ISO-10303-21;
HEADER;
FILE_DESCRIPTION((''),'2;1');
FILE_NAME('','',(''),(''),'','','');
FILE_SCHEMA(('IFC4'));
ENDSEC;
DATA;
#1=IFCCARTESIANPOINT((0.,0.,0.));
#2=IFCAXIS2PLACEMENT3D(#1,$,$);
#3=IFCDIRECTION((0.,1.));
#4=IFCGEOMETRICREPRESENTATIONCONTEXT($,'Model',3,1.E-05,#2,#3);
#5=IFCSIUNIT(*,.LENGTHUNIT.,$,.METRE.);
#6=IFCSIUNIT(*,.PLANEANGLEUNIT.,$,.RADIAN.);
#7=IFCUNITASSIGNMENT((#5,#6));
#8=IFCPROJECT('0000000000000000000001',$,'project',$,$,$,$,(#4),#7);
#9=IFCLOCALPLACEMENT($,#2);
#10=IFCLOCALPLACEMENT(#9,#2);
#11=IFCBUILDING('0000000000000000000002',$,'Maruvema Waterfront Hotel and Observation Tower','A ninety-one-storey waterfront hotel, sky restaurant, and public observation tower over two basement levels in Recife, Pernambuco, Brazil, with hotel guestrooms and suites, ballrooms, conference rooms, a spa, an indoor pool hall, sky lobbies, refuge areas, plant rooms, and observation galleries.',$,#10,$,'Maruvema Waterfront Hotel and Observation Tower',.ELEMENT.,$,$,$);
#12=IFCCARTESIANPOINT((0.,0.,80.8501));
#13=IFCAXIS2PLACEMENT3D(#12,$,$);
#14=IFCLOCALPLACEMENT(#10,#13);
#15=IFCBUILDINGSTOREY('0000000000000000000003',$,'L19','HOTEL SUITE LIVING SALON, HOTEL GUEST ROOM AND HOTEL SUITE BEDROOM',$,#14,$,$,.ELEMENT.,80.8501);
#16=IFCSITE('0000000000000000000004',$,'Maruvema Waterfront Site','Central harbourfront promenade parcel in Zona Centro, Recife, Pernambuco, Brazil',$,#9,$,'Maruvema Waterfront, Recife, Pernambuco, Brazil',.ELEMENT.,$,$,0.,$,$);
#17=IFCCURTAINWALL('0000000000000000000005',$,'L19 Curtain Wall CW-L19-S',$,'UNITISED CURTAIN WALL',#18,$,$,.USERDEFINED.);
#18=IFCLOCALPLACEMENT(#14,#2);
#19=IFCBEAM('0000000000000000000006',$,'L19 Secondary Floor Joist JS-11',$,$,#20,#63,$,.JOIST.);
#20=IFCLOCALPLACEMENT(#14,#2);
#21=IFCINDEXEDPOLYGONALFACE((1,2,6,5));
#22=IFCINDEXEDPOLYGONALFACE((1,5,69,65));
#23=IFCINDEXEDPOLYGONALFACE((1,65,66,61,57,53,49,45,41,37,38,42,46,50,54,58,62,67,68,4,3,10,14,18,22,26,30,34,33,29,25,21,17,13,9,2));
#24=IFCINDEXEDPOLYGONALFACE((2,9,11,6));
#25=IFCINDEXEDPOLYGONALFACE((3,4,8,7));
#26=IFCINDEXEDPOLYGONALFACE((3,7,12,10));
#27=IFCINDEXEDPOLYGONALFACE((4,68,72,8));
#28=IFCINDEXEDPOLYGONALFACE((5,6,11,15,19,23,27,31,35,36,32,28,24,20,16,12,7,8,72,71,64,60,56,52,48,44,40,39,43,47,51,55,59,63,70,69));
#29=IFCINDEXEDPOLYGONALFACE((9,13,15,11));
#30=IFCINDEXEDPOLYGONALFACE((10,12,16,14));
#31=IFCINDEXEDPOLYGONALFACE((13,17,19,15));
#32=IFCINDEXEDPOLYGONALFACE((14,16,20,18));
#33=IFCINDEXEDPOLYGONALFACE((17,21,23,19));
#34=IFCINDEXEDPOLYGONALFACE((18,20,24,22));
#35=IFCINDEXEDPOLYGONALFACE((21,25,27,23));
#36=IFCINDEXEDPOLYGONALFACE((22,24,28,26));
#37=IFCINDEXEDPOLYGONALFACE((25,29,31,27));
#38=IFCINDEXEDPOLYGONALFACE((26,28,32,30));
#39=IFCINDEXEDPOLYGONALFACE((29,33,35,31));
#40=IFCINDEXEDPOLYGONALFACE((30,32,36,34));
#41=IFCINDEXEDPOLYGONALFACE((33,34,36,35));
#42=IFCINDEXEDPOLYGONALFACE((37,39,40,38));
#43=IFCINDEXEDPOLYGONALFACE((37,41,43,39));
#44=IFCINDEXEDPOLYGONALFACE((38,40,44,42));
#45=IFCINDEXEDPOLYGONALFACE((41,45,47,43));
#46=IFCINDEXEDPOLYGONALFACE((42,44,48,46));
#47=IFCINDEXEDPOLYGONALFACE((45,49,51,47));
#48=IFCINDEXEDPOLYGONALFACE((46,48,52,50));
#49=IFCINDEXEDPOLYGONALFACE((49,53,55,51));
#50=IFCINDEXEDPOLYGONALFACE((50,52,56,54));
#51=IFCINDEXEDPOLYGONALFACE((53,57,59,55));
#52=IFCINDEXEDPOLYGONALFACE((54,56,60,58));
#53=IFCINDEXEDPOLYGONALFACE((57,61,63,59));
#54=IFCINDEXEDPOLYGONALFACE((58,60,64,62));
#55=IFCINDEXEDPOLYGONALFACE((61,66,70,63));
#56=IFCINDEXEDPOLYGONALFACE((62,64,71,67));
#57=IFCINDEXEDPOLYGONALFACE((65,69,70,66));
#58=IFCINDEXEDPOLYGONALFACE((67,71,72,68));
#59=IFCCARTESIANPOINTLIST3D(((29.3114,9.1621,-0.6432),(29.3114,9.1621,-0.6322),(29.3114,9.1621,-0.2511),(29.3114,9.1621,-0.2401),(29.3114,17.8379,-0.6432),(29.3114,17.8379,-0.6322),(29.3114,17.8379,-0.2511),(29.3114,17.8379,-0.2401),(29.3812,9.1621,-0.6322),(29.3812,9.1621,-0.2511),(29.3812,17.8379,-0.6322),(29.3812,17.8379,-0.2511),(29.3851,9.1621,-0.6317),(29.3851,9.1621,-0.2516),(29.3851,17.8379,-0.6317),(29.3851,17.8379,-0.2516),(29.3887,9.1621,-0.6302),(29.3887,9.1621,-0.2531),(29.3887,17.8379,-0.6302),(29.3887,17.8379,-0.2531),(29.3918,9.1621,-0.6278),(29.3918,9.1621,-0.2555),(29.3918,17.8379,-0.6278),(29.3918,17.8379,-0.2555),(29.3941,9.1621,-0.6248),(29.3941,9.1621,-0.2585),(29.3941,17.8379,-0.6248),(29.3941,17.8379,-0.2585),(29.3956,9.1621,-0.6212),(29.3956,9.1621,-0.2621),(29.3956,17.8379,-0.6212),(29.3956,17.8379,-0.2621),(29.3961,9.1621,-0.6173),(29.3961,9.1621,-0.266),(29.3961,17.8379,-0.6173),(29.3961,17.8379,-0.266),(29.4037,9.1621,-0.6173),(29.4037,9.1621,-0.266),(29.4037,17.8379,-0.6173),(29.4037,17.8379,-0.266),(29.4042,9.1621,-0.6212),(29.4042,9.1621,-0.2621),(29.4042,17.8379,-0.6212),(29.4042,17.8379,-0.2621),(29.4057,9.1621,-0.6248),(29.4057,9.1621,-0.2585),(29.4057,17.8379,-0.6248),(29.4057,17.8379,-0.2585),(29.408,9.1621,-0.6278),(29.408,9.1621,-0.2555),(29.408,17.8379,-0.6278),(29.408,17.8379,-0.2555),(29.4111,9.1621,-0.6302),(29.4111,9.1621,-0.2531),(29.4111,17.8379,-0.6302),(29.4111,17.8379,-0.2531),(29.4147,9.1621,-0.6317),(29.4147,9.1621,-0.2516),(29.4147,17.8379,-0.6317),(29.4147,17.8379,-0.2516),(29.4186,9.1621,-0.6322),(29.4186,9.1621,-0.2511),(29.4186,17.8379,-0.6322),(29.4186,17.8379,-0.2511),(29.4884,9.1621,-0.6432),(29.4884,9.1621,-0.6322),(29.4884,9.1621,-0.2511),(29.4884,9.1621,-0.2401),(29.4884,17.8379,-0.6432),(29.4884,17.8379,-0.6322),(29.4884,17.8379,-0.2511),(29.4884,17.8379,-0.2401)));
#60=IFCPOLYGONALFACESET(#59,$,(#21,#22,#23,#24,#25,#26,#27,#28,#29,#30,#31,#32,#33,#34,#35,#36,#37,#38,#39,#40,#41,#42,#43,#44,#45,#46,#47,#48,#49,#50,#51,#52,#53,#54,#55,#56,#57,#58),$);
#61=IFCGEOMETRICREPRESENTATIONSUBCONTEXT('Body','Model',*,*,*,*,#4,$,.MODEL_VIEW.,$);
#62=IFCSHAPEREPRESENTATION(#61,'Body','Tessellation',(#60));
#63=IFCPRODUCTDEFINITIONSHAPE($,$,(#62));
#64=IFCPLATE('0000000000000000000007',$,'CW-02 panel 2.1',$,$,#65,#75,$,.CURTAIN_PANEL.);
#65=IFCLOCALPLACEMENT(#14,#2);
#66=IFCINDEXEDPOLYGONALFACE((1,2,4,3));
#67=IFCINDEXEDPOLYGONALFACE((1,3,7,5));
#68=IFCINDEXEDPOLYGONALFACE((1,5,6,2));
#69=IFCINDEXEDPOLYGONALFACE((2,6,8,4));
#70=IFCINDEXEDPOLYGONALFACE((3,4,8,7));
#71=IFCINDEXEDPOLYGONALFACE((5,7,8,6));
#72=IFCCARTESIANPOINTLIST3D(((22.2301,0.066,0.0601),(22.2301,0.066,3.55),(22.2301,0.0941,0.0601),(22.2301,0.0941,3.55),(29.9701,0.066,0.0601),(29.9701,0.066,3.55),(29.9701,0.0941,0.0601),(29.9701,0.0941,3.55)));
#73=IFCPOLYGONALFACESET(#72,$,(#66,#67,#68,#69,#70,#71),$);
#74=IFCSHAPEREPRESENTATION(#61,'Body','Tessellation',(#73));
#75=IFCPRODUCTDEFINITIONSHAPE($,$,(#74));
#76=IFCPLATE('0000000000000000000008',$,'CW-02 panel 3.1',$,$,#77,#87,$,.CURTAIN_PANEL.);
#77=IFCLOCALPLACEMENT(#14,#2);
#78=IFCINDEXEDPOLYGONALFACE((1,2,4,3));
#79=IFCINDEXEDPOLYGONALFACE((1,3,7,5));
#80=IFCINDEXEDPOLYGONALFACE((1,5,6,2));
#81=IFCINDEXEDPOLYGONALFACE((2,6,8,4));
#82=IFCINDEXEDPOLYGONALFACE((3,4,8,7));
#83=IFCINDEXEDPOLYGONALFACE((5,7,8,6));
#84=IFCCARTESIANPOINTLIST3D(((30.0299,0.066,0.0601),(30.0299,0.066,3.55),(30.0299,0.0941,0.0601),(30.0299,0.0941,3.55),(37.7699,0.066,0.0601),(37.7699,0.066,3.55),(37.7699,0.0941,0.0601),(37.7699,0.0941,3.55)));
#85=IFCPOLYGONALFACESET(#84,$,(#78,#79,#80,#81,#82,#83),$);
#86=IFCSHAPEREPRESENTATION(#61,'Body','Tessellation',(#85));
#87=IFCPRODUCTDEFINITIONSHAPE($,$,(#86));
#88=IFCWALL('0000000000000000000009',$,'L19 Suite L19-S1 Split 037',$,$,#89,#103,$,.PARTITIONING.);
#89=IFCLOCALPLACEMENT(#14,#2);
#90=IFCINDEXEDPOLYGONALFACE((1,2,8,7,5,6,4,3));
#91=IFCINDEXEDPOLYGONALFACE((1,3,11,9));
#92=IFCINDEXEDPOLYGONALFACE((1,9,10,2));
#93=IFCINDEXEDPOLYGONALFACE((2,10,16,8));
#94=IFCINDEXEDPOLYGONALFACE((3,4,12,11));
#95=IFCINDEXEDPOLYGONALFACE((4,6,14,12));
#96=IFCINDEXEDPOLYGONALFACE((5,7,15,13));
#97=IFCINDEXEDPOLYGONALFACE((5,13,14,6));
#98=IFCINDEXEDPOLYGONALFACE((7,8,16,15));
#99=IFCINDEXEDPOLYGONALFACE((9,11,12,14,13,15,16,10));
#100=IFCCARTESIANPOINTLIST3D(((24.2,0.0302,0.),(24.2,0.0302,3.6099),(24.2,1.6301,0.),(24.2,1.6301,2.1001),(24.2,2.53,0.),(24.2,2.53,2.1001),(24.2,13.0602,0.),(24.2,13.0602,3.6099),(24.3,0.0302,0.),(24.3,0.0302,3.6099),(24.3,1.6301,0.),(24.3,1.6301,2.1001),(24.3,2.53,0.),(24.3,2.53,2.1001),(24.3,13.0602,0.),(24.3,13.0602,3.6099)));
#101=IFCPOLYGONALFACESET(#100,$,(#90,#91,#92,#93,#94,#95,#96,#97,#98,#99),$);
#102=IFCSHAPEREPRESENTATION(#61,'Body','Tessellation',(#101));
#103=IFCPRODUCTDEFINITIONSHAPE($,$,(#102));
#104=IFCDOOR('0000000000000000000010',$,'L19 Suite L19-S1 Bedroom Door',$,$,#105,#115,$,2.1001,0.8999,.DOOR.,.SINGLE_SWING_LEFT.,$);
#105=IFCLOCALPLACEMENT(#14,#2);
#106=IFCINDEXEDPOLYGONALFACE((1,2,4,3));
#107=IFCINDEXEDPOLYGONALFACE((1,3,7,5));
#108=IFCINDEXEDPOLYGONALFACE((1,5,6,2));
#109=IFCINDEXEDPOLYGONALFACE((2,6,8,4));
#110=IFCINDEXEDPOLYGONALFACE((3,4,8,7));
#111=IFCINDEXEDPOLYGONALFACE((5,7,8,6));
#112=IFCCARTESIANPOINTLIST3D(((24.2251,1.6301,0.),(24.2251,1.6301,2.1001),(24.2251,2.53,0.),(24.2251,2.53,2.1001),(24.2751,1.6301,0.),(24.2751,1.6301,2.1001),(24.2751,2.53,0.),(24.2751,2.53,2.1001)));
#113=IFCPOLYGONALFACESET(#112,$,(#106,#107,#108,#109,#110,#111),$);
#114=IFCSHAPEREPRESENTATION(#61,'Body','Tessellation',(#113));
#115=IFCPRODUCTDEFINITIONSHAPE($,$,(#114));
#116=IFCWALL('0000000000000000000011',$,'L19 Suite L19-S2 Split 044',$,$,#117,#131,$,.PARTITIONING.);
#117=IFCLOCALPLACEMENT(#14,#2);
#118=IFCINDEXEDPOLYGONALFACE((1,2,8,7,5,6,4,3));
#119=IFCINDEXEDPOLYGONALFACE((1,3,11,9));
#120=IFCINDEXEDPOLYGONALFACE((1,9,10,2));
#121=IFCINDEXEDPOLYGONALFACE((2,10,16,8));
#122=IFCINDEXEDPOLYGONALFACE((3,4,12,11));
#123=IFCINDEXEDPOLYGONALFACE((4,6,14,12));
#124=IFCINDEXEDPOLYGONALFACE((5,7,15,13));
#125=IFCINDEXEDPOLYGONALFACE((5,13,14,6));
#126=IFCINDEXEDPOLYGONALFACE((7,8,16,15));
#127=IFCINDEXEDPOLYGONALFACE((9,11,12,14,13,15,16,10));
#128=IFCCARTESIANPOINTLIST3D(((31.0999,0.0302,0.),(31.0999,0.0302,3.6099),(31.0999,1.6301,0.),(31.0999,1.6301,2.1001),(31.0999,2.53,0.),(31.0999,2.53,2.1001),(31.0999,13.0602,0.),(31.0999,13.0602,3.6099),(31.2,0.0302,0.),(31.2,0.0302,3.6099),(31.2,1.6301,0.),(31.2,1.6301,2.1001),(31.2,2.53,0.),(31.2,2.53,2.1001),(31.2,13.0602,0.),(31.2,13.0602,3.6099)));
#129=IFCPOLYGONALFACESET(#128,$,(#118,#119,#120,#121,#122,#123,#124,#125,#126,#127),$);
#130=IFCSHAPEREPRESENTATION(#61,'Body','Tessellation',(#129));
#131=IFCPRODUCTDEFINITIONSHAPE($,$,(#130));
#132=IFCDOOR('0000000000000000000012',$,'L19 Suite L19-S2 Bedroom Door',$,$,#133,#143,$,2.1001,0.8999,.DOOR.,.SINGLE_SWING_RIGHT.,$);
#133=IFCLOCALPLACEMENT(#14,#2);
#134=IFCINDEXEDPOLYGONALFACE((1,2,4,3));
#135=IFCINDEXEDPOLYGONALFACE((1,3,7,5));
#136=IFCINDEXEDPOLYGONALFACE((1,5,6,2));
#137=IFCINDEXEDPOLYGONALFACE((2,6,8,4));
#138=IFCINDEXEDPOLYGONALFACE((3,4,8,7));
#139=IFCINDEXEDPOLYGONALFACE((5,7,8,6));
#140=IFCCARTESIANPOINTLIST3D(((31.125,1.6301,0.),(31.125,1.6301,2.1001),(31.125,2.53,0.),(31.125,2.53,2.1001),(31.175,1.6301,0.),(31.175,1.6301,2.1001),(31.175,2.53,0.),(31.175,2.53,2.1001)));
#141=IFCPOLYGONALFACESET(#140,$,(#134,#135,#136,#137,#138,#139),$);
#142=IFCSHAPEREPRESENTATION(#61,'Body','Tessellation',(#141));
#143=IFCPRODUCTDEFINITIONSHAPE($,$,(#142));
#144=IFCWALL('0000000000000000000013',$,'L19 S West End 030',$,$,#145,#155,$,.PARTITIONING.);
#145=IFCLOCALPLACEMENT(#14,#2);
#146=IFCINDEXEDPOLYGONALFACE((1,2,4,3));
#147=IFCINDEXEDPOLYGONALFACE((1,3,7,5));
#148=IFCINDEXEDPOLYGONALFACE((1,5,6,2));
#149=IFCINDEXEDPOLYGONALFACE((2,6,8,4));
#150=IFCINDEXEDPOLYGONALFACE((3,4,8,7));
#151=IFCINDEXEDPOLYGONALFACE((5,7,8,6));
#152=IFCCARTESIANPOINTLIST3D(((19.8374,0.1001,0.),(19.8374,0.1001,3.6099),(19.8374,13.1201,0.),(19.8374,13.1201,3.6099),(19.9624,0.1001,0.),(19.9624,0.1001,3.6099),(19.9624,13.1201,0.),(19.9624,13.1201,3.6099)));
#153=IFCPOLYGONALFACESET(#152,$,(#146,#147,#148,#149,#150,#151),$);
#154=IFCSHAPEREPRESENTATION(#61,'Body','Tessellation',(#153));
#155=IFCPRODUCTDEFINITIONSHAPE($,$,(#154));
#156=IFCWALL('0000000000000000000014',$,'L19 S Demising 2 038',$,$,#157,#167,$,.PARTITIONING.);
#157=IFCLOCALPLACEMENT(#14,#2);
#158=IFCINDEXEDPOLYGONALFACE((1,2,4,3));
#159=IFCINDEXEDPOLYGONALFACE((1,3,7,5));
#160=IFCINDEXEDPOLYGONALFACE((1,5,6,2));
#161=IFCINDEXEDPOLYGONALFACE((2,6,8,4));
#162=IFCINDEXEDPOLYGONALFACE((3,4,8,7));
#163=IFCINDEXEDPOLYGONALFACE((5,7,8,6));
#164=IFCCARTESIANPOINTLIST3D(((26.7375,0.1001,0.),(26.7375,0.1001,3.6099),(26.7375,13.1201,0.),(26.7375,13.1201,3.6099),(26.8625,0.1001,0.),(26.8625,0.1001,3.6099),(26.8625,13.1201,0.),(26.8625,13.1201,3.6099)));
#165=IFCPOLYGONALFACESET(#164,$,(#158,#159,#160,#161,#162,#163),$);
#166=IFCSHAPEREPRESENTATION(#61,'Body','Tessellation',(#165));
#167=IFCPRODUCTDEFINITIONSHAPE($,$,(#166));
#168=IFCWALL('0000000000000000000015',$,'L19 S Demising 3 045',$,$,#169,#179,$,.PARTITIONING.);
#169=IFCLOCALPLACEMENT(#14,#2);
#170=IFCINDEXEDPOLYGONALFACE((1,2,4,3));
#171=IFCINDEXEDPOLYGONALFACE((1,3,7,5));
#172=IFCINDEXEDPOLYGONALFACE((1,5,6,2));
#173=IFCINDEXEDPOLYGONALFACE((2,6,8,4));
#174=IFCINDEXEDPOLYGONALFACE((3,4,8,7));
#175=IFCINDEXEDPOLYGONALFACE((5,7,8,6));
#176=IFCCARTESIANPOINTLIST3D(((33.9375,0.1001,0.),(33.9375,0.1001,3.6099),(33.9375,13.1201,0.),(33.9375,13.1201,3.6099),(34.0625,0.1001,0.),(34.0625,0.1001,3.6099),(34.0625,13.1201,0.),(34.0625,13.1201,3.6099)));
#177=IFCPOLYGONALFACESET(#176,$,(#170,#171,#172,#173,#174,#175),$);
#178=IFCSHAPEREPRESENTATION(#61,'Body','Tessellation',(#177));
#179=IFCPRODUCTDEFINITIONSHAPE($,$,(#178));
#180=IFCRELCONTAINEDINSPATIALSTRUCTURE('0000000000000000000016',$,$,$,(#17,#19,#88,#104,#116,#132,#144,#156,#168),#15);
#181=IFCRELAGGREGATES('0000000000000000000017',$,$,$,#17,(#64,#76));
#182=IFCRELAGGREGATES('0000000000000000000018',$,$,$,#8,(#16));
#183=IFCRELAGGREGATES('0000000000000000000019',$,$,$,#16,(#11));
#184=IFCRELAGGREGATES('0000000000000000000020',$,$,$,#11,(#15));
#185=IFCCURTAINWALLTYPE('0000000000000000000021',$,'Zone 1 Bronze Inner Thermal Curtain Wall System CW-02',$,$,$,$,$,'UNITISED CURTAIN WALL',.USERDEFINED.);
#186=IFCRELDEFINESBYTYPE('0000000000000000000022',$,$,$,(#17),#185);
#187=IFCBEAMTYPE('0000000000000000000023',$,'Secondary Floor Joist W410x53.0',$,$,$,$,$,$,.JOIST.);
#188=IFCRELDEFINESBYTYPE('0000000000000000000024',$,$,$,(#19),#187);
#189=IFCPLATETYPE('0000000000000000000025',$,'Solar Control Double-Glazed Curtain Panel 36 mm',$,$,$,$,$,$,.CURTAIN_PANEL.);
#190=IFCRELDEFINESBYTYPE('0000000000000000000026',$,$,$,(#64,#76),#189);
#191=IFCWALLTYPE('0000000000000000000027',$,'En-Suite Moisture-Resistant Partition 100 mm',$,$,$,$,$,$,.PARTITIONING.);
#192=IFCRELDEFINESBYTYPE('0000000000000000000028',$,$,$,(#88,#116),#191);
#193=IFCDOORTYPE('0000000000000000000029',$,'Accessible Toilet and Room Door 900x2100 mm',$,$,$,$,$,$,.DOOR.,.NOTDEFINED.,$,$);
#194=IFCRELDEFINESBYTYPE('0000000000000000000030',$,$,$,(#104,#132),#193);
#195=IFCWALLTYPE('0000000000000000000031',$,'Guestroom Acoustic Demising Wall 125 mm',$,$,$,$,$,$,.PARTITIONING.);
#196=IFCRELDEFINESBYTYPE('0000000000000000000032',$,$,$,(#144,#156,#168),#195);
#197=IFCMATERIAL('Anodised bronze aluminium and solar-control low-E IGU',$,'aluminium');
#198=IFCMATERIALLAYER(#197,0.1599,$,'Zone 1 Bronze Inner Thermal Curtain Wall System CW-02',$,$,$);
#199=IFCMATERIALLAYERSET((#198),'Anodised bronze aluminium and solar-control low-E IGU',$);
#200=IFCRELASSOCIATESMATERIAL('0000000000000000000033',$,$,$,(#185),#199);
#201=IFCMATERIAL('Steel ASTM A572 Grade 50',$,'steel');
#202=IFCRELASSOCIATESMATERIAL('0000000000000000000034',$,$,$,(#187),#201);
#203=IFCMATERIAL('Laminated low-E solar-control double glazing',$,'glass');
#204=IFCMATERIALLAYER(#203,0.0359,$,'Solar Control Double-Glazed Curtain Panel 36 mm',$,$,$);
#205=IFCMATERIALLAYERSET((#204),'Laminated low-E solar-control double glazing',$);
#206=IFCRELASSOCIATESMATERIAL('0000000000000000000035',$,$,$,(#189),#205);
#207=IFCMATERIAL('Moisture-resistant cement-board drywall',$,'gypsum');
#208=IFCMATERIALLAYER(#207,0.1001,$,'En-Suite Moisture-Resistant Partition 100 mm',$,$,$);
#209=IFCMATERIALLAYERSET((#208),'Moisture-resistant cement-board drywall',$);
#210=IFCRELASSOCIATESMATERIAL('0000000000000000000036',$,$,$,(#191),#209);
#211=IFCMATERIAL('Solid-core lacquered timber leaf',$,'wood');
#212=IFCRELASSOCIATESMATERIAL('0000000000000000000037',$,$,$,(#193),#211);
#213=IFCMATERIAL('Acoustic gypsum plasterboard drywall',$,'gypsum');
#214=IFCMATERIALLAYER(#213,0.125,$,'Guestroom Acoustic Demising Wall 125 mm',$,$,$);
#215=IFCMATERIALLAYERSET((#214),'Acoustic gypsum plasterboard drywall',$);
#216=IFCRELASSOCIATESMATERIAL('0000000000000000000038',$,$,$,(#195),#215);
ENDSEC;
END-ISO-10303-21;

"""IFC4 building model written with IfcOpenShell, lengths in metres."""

from ifc_helpers import new_model, si_unit, direction, frame, frame_2d, origin, origin_2d, place, context, subcontext, project, spatial, rectangle, i_section, extrude, material, layer, layer_set, material_profile, profile_set, type_object, element, fill, aggregate, save


model = new_model("IFC4")

# Units and contexts
model_context = context("Model", 3, precision=1e-05, world=origin(), true_north=direction((0.0, 1.0)))
body_context = subcontext(model_context, "Body", "Model", "MODEL_VIEW")
ifc_project = project(units=[si_unit("LENGTHUNIT", "METRE"), si_unit("PLANEANGLEUNIT", "RADIAN")], contexts=[model_context])

# Site, building, storey
site_placement = place(None, origin())
site = spatial("IfcSite", under=ifc_project, at=site_placement, Name="Maruvema Waterfront Site", Description="Central harbourfront promenade parcel in Zona Centro, Recife, Pernambuco, Brazil", LongName="Maruvema Waterfront, Recife, Pernambuco, Brazil", CompositionType="ELEMENT", RefElevation=0.0)
building_placement = place(site_placement, origin())
building = spatial("IfcBuilding", under=site, at=building_placement, Name="Maruvema Waterfront Hotel and Observation Tower", Description="A ninety-one-storey waterfront hotel, sky restaurant, and public observation tower over two basement levels in Recife, Pernambuco, Brazil, with hotel guestrooms and suites, ballrooms, conference rooms, a spa, an indoor pool hall, sky lobbies, refuge areas, plant rooms, and observation galleries.", LongName="Maruvema Waterfront Hotel and Observation Tower", CompositionType="ELEMENT")
storey_placement = place(building_placement, frame((0.0, 0.0, 80.8501)))
storey = spatial("IfcBuildingStorey", under=building, at=storey_placement, Name="L19", Description="HOTEL SUITE LIVING SALON, HOTEL GUEST ROOM AND HOTEL SUITE BEDROOM", CompositionType="ELEMENT", Elevation=80.8501)

# Curtain wall
ifc_material_1 = material(Name="Anodised bronze aluminium and solar-control low-E IGU", Category="aluminium")
ifc_layer_1 = layer(ifc_material_1, 0.1599, Name="Zone 1 Bronze Inner Thermal Curtain Wall System CW-02")
ifc_layer_set_1 = layer_set([ifc_layer_1], Name="Anodised bronze aluminium and solar-control low-E IGU")
curtain_wall_type = type_object("IfcCurtainWallType", Name="Zone 1 Bronze Inner Thermal Curtain Wall System CW-02", ElementType="UNITISED CURTAIN WALL", PredefinedType="USERDEFINED", material=ifc_layer_set_1)
curtain_wall_placement = place(storey_placement, origin())
curtain_wall = element("IfcCurtainWall", 1, at=curtain_wall_placement, inside=storey, type_object=curtain_wall_type, Name="L19 Curtain Wall CW-L19-S", ObjectType="UNITISED CURTAIN WALL", PredefinedType="USERDEFINED")

# Beam
ifc_material_2 = material(Name="Steel ASTM A572 Grade 50", Category="steel")
ifc_material_profile_1 = material_profile(ifc_material_2, i_section(OverallWidth=0.177, OverallDepth=0.4031, WebThickness=0.0076, FlangeThickness=0.011, FilletRadius=0.0149, at=origin_2d()), Name="W410x53.0")
ifc_profile_set_1 = profile_set([ifc_material_profile_1], Name="Steel ASTM A572 Grade 50")
beam_type_1 = type_object("IfcBeamType", Name="Secondary Floor Joist W410x53.0", PredefinedType="JOIST", material=ifc_profile_set_1)
beam_1_placement = place(storey_placement, frame((29.3999, 9.1621, -0.4417), z_axis=(0.0, 1.0, 0.0), x_axis=(-1.0, 0.0, 0.0)))
element("IfcBeam", 2, at=beam_1_placement, inside=storey, type_object=beam_type_1, Name="L19 Secondary Floor Joist JS-11", PredefinedType="JOIST", context=body_context, shape_type="SweptSolid", body=[
    extrude(i_section(OverallWidth=0.177, OverallDepth=0.4031, WebThickness=0.0076, FlangeThickness=0.011, FilletRadius=0.0149, at=origin_2d()), origin(), (0.0, 0.0, 1.0), 8.6758),
])

# Plates
ifc_material_3 = material(Name="Laminated low-E solar-control double glazing", Category="glass")
ifc_layer_2 = layer(ifc_material_3, 0.0359, Name="Solar Control Double-Glazed Curtain Panel 36 mm")
ifc_layer_set_2 = layer_set([ifc_layer_2], Name="Laminated low-E solar-control double glazing")
plate_type = type_object("IfcPlateType", Name="Solar Control Double-Glazed Curtain Panel 36 mm", PredefinedType="CURTAIN_PANEL", material=ifc_layer_set_2)
plate_1_placement = place(storey_placement, frame((26.1001, 0.0801, 0.0601), z_axis=(0.0, 0.0, 1.0), x_axis=(1.0, 0.0, 0.0)))
plate_1 = element("IfcPlate", 3, at=plate_1_placement, type_object=plate_type, Name="CW-02 panel 2.1", PredefinedType="CURTAIN_PANEL", context=body_context, shape_type="SweptSolid", body=[
    extrude(rectangle(XDim=7.74, YDim=0.0281, at=origin_2d()), origin(), (0.0, 0.0, 1.0), 3.49),
])
plate_2_placement = place(storey_placement, frame((33.8999, 0.0801, 0.0601), z_axis=(0.0, 0.0, 1.0), x_axis=(1.0, 0.0, 0.0)))
plate_2 = element("IfcPlate", 4, at=plate_2_placement, type_object=plate_type, Name="CW-02 panel 3.1", PredefinedType="CURTAIN_PANEL", context=body_context, shape_type="SweptSolid", body=[
    extrude(rectangle(XDim=7.74, YDim=0.0281, at=origin_2d()), origin(), (0.0, 0.0, 1.0), 3.49),
])
aggregate(curtain_wall, [plate_1, plate_2])

# Walls, openings, doors
ifc_material_4 = material(Name="Moisture-resistant cement-board drywall", Category="gypsum")
ifc_layer_3 = layer(ifc_material_4, 0.1001, Name="En-Suite Moisture-Resistant Partition 100 mm")
ifc_layer_set_3 = layer_set([ifc_layer_3], Name="Moisture-resistant cement-board drywall")
wall_type_1 = type_object("IfcWallType", Name="En-Suite Moisture-Resistant Partition 100 mm", PredefinedType="PARTITIONING", material=ifc_layer_set_3)
wall_1_placement = place(storey_placement, frame((24.25, 0.03, 0.0), z_axis=(0.0, 0.0, 1.0), x_axis=(0.0, 1.0, 0.0)))
wall_1 = element("IfcWall", 5, at=wall_1_placement, inside=storey, type_object=wall_type_1, Name="L19 Suite L19-S1 Split 037", PredefinedType="PARTITIONING", context=body_context, shape_type="SweptSolid", body=[
    extrude(rectangle(XDim=13.03, YDim=0.1001, at=frame_2d((6.5151, 0.0))), origin(), (0.0, 0.0, 1.0), 3.6099),
])
opening_1_placement = place(wall_1_placement, frame((1.6001, 0.0, 0.0)))
opening_1 = element("IfcOpeningElement", 6, at=opening_1_placement, cuts=wall_1, PredefinedType="OPENING", context=body_context, shape_type="SweptSolid", body=[
    extrude(rectangle(XDim=0.8999, YDim=2.1001, at=frame_2d((0.45, 1.05))), frame((0.0, 0.0601, 0.0), z_axis=(0.0, -1.0, 0.0), x_axis=(1.0, 0.0, 0.0)), (0.0, 0.0, 1.0), 0.1201),
])
ifc_material_5 = material(Name="Solid-core lacquered timber leaf", Category="wood")
door_type = type_object("IfcDoorType", Name="Accessible Toilet and Room Door 900x2100 mm", OperationType="NOTDEFINED", PredefinedType="DOOR", material=ifc_material_5)
door_1_placement = place(opening_1_placement, origin())
door_1 = element("IfcDoor", 7, at=door_1_placement, inside=storey, type_object=door_type, Name="L19 Suite L19-S1 Bedroom Door", OperationType="SINGLE_SWING_LEFT", OverallHeight=2.1001, OverallWidth=0.8999, PredefinedType="DOOR", context=body_context, shape_type="SweptSolid", body=[
    extrude(rectangle(XDim=0.8999, YDim=2.1001, at=frame_2d((0.45, 1.05))), frame((0.0, 0.0249, 0.0), z_axis=(0.0, -1.0, 0.0), x_axis=(1.0, 0.0, 0.0)), (0.0, 0.0, 1.0), 0.05),
])
fill(opening_1, door_1)
wall_2_placement = place(storey_placement, frame((31.1499, 0.03, 0.0), z_axis=(0.0, 0.0, 1.0), x_axis=(0.0, 1.0, 0.0)))
wall_2 = element("IfcWall", 8, at=wall_2_placement, inside=storey, type_object=wall_type_1, Name="L19 Suite L19-S2 Split 044", PredefinedType="PARTITIONING", context=body_context, shape_type="SweptSolid", body=[
    extrude(rectangle(XDim=13.03, YDim=0.1001, at=frame_2d((6.5151, 0.0))), origin(), (0.0, 0.0, 1.0), 3.6099),
])
opening_2_placement = place(wall_2_placement, frame((1.6001, 0.0, 0.0)))
opening_2 = element("IfcOpeningElement", 9, at=opening_2_placement, cuts=wall_2, PredefinedType="OPENING", context=body_context, shape_type="SweptSolid", body=[
    extrude(rectangle(XDim=0.8999, YDim=2.1001, at=frame_2d((0.45, 1.05))), frame((0.0, 0.0601, 0.0), z_axis=(0.0, -1.0, 0.0), x_axis=(1.0, 0.0, 0.0)), (0.0, 0.0, 1.0), 0.1201),
])
door_2_placement = place(opening_2_placement, origin())
door_2 = element("IfcDoor", 10, at=door_2_placement, inside=storey, type_object=door_type, Name="L19 Suite L19-S2 Bedroom Door", OperationType="SINGLE_SWING_RIGHT", OverallHeight=2.1001, OverallWidth=0.8999, PredefinedType="DOOR", context=body_context, shape_type="SweptSolid", body=[
    extrude(rectangle(XDim=0.8999, YDim=2.1001, at=frame_2d((0.45, 1.05))), frame((0.0, 0.0249, 0.0), z_axis=(0.0, -1.0, 0.0), x_axis=(1.0, 0.0, 0.0)), (0.0, 0.0, 1.0), 0.05),
])
fill(opening_2, door_2)

# Walls
ifc_material_6 = material(Name="Acoustic gypsum plasterboard drywall", Category="gypsum")
ifc_layer_4 = layer(ifc_material_6, 0.125, Name="Guestroom Acoustic Demising Wall 125 mm")
ifc_layer_set_4 = layer_set([ifc_layer_4], Name="Acoustic gypsum plasterboard drywall")
wall_type_2 = type_object("IfcWallType", Name="Guestroom Acoustic Demising Wall 125 mm", PredefinedType="PARTITIONING", material=ifc_layer_set_4)
for number, where, z_axis, x_axis, name in (
    (11, (19.8999, 0.1001, 0.0), (0.0, 0.0, 1.0), (0.0, 1.0, 0.0), "L19 S West End 030"),
    (12, (26.8, 0.1001, 0.0), (0.0, 0.0, 1.0), (0.0, 1.0, 0.0), "L19 S Demising 2 038"),
    (13, (34.0, 0.1001, 0.0), (0.0, 0.0, 1.0), (0.0, 1.0, 0.0), "L19 S Demising 3 045"),
):
    element("IfcWall", number, at=place(storey_placement, frame(where, z_axis=z_axis, x_axis=x_axis)), inside=storey, type_object=wall_type_2, Name=name, PredefinedType="PARTITIONING", context=body_context, shape_type="SweptSolid", body=[
        extrude(rectangle(XDim=13.02, YDim=0.125, at=frame_2d((6.51, 0.0))), origin(), (0.0, 0.0, 1.0), 3.6099),
    ])

save(model, "model.ifc")
